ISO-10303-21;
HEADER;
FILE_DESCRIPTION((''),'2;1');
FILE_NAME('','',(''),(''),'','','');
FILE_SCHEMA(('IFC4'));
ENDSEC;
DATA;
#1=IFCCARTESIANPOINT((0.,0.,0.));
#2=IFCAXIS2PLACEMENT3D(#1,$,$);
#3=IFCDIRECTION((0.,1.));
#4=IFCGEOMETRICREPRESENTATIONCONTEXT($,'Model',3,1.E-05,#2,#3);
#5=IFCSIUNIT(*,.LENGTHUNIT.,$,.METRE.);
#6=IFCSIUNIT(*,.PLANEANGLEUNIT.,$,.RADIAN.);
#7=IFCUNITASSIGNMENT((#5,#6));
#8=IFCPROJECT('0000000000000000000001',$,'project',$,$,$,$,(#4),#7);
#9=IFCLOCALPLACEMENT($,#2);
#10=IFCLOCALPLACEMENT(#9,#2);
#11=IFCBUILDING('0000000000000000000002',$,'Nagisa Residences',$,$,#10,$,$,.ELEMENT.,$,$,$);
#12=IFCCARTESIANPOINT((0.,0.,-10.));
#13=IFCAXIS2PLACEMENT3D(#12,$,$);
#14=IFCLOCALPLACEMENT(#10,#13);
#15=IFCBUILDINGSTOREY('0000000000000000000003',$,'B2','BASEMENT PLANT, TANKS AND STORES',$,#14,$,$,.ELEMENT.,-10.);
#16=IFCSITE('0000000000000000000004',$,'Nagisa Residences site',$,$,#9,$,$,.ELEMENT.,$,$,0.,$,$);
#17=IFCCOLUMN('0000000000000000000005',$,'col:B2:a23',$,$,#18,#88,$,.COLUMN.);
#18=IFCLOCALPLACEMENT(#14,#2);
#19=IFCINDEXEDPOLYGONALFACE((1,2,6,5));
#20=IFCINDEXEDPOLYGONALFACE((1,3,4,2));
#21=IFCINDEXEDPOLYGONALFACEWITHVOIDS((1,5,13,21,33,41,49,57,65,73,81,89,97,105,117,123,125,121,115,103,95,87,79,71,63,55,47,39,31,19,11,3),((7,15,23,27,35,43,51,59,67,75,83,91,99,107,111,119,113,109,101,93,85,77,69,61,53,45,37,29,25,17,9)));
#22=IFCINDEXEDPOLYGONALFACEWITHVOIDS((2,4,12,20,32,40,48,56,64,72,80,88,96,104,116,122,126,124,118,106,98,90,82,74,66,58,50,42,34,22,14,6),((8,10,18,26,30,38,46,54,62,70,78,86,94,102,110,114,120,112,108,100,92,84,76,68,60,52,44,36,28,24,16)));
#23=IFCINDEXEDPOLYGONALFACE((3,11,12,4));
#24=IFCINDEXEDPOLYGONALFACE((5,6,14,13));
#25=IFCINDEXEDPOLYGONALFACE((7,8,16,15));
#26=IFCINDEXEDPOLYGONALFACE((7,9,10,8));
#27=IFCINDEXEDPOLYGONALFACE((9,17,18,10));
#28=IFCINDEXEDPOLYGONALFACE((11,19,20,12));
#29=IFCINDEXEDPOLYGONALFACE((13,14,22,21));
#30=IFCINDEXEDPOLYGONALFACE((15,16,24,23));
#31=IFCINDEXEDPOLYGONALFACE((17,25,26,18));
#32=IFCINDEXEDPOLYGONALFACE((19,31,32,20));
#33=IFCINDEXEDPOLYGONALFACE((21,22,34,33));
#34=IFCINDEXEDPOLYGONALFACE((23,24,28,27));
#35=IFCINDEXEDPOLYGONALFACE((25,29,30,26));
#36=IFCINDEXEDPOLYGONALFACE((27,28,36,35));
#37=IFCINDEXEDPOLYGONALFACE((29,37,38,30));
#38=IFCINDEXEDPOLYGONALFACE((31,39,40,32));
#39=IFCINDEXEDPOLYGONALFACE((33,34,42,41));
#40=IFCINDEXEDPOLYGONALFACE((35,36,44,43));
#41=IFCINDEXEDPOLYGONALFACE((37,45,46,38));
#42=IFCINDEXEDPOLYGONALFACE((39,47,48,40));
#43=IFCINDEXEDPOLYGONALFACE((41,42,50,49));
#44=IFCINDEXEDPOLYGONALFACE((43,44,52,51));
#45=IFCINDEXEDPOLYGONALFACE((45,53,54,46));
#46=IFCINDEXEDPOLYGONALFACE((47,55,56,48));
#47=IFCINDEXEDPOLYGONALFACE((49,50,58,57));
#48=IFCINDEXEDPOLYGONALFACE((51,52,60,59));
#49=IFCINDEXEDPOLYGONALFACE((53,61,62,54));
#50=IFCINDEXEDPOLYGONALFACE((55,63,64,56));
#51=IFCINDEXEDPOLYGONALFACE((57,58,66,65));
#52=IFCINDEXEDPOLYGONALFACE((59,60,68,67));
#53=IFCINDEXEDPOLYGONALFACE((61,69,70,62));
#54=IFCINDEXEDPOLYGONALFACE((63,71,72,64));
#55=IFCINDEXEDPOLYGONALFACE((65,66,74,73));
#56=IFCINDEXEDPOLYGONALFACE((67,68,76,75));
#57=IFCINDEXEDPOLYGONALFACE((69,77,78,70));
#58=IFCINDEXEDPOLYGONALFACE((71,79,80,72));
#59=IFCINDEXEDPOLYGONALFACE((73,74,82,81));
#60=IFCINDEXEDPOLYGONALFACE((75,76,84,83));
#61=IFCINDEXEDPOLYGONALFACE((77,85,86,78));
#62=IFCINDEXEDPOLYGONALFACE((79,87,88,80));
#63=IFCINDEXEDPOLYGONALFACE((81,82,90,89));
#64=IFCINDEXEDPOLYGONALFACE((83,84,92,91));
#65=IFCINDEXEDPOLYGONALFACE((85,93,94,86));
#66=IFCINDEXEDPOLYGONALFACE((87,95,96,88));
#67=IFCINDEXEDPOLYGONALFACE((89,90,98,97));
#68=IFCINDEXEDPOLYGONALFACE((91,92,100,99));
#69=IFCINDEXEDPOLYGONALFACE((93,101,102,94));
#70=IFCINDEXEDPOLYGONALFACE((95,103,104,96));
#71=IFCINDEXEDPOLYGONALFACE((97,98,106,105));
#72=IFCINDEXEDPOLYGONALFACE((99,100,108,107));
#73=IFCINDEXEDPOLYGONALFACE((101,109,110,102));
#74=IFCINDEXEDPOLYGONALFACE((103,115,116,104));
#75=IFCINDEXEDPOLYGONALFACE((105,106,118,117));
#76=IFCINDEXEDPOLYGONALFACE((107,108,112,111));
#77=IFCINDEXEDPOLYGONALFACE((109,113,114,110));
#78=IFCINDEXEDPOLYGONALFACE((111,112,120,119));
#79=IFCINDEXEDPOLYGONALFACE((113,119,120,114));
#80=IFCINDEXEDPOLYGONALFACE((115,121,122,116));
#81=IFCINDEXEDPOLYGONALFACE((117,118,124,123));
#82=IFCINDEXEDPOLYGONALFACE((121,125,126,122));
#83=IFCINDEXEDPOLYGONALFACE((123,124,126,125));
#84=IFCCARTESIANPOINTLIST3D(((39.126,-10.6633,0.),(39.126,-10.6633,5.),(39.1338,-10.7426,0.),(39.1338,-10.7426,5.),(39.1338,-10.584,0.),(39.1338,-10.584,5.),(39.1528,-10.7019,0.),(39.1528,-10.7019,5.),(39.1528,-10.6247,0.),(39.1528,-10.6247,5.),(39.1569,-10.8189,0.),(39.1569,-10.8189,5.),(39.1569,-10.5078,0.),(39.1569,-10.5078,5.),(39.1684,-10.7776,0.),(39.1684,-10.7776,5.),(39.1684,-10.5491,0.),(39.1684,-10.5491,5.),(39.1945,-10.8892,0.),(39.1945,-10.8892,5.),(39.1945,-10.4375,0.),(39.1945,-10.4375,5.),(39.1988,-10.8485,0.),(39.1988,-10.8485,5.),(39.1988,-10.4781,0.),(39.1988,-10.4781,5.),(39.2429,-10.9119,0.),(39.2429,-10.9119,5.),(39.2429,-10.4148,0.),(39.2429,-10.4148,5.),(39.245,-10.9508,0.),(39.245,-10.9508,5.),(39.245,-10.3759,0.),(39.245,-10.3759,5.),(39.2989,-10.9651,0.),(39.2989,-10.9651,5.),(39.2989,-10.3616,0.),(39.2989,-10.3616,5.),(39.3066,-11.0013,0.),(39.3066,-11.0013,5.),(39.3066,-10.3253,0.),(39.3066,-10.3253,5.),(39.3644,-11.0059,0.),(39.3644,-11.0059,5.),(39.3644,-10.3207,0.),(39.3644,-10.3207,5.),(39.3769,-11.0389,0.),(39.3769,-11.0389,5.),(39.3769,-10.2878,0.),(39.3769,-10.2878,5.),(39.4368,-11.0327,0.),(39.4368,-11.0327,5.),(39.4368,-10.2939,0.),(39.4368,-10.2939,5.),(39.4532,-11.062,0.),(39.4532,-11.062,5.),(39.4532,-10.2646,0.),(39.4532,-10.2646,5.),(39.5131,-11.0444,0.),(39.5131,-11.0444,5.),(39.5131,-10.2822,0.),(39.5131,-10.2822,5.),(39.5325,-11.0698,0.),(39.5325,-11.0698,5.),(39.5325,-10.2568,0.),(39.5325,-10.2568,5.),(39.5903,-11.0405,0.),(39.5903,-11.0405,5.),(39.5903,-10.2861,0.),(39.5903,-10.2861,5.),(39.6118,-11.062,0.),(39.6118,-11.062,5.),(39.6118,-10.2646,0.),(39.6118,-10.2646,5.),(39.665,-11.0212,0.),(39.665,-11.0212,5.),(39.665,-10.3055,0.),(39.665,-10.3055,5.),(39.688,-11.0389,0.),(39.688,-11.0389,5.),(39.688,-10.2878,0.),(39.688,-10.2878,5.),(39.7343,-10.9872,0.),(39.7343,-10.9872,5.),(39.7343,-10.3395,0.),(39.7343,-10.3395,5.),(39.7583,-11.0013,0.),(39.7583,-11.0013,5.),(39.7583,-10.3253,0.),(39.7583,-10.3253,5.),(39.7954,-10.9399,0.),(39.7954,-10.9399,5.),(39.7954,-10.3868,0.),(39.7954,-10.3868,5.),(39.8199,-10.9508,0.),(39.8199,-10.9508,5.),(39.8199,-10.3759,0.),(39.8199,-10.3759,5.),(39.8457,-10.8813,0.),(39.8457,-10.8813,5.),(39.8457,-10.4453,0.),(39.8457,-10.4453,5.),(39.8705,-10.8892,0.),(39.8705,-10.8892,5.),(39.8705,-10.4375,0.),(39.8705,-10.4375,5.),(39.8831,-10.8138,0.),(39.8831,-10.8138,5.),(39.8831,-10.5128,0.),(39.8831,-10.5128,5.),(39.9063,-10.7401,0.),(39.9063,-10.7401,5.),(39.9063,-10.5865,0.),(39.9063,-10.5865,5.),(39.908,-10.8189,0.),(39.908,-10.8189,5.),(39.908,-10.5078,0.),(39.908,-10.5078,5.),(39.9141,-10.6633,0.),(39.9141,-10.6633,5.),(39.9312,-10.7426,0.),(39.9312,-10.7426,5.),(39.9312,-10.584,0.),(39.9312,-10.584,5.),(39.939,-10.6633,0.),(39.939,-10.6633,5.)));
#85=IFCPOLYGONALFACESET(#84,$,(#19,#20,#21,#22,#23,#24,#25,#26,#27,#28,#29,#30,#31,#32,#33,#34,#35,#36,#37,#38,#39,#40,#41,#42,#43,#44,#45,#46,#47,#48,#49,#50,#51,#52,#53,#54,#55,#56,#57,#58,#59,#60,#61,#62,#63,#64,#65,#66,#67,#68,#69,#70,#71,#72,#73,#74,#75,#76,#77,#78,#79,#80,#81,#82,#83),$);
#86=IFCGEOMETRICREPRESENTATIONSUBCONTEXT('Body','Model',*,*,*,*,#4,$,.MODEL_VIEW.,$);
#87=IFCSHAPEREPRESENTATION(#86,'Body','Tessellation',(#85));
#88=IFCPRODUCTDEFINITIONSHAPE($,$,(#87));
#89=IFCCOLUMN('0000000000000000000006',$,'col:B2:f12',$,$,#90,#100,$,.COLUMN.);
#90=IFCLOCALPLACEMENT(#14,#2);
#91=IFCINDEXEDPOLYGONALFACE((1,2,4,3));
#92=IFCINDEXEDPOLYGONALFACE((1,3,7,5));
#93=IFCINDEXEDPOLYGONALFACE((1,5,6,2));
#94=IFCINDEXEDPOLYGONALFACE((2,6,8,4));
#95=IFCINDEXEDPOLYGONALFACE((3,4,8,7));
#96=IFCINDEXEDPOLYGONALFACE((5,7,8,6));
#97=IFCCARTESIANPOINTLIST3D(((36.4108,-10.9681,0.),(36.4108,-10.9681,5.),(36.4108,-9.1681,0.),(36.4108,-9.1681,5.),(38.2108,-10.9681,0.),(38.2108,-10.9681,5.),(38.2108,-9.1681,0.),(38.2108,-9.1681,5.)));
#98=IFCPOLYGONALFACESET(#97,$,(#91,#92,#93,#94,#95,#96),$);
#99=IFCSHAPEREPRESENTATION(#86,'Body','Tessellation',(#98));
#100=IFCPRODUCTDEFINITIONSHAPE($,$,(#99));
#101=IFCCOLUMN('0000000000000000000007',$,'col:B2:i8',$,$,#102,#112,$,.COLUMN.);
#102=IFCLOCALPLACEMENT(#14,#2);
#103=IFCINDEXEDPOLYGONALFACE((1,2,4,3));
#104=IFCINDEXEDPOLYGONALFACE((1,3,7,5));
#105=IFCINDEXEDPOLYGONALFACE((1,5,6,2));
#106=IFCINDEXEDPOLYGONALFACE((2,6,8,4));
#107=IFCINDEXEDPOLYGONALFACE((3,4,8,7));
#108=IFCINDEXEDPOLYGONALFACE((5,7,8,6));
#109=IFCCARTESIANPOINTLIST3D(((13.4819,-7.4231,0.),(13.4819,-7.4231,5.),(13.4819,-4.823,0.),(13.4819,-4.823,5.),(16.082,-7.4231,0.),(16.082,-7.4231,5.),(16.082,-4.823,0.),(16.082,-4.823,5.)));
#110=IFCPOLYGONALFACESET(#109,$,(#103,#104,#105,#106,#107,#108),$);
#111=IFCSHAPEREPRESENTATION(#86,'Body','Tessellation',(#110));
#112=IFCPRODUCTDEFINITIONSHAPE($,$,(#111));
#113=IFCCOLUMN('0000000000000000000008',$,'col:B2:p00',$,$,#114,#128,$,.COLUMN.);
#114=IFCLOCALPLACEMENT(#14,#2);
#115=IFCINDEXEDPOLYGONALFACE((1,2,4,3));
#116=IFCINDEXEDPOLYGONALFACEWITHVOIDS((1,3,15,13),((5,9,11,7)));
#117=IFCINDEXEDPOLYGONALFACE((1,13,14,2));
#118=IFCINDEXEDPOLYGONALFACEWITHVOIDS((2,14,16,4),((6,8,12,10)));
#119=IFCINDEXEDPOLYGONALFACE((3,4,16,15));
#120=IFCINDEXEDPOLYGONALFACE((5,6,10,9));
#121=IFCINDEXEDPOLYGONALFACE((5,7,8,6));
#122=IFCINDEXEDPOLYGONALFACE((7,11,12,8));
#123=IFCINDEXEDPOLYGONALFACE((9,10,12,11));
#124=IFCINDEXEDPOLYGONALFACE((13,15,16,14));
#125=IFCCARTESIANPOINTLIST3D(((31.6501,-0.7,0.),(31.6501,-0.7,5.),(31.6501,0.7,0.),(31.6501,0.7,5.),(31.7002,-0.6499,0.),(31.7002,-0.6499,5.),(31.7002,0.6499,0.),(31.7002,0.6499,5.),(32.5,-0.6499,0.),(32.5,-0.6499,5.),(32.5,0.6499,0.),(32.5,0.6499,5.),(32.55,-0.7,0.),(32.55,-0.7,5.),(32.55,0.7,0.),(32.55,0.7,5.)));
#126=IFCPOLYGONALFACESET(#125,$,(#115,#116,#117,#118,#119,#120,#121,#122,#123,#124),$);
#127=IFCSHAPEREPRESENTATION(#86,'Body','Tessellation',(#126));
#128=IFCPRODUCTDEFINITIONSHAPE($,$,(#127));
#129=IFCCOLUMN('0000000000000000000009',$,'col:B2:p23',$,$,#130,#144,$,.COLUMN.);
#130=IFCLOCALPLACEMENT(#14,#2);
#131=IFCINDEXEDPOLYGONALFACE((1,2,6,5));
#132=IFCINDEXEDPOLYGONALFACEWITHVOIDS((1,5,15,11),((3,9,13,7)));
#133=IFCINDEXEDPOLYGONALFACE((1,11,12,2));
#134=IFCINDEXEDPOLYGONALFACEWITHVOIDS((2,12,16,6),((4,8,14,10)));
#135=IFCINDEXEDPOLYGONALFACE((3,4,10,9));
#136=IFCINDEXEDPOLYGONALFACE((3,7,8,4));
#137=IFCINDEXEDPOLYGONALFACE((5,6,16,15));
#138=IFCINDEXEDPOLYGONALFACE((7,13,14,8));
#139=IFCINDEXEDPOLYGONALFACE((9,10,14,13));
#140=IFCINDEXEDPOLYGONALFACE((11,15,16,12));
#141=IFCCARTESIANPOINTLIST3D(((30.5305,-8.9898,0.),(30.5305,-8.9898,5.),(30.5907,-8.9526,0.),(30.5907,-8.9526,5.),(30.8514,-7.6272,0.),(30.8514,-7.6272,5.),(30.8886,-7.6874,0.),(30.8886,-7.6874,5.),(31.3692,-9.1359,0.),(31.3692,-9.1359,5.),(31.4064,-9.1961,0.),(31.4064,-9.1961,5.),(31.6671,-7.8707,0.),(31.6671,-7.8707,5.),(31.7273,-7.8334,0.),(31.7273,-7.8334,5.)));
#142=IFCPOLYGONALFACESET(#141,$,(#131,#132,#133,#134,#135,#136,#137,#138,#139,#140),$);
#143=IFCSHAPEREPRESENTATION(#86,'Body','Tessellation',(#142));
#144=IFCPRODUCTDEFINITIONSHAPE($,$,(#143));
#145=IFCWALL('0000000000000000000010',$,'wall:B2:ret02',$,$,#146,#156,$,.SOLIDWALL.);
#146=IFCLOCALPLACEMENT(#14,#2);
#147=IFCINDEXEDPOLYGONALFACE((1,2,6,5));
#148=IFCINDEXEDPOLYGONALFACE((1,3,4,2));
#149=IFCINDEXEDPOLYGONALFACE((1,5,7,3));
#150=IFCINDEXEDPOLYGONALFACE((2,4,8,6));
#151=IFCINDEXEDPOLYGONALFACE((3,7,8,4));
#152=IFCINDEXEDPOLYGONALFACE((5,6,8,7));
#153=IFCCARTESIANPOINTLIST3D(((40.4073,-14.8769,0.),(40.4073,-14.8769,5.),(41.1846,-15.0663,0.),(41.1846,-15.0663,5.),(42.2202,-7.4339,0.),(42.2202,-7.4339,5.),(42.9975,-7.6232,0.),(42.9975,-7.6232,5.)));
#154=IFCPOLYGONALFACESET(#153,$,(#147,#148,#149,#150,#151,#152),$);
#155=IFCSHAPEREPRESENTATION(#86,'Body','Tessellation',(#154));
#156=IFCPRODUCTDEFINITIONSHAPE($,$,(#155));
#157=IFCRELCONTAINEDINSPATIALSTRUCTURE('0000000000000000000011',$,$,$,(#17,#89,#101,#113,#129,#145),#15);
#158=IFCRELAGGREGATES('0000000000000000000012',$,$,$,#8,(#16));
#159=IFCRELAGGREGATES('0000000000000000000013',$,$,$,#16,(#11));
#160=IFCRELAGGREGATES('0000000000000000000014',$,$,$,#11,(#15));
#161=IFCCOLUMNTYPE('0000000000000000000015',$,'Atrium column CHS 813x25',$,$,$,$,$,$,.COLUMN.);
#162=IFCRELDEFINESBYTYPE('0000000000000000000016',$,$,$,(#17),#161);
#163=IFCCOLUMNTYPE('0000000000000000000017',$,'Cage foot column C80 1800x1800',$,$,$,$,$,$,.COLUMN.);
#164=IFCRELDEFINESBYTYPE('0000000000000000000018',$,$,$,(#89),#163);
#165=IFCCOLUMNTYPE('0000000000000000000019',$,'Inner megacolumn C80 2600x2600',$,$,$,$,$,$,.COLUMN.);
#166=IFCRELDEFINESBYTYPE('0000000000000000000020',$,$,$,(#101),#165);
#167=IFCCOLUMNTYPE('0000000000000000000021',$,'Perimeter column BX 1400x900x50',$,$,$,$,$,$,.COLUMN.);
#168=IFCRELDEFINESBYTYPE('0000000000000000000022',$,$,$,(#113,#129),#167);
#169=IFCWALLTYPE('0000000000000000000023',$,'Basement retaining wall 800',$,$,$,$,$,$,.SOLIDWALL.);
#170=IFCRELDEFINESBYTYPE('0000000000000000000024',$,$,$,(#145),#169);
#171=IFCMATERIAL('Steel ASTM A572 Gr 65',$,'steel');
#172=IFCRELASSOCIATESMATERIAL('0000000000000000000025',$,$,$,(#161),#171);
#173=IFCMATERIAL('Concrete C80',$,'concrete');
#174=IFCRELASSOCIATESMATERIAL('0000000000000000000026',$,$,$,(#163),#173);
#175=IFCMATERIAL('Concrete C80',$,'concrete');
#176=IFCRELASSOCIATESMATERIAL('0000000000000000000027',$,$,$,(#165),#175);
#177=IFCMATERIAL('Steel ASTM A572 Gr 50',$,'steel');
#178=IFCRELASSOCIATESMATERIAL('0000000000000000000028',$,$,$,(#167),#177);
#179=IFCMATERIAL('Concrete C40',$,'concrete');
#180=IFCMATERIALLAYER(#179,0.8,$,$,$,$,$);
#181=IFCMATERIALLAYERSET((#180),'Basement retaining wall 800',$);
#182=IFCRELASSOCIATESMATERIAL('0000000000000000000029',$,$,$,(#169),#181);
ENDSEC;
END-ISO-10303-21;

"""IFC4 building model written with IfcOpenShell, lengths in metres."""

from ifc_helpers import new_model, si_unit, direction, frame, frame_2d, origin, origin_2d, place, context, subcontext, project, spatial, rectangle, hollow_rectangle, hollow_circle, extrude, material, layer, layer_set, material_profile, profile_set, type_object, element, save


model = new_model("IFC4")

# Units and contexts
model_context = context("Model", 3, precision=1e-05, world=origin(), true_north=direction((0.0, 1.0)))
body_context = subcontext(model_context, "Body", "Model", "MODEL_VIEW")
ifc_project = project(units=[si_unit("LENGTHUNIT", "METRE"), si_unit("PLANEANGLEUNIT", "RADIAN")], contexts=[model_context])

# Site, building, storey
site_placement = place(None, origin())
site = spatial("IfcSite", under=ifc_project, at=site_placement, Name="Nagisa Residences site", CompositionType="ELEMENT", RefElevation=0.0)
building_placement = place(site_placement, origin())
building = spatial("IfcBuilding", under=site, at=building_placement, Name="Nagisa Residences", CompositionType="ELEMENT")
storey_placement = place(building_placement, frame((0.0, 0.0, -10.0)))
storey = spatial("IfcBuildingStorey", under=building, at=storey_placement, Name="B2", Description="BASEMENT PLANT, TANKS AND STORES", CompositionType="ELEMENT", Elevation=-10.0)

# Columns
ifc_material_1 = material(Name="Steel ASTM A572 Gr 65", Category="steel")
ifc_material_profile_1 = material_profile(ifc_material_1, hollow_circle(Radius=0.4065, WallThickness=0.0249, at=origin_2d()), Name="CHS 813x25")
ifc_profile_set_1 = profile_set([ifc_material_profile_1], Name="Steel ASTM A572 Gr 65")
column_type_1 = type_object("IfcColumnType", Name="Atrium column CHS 813x25", PredefinedType="COLUMN", material=ifc_profile_set_1)
for number, where, z_axis, x_axis, name in (
    (1, (39.5325, -10.6633, 0.0), (0.0, 0.0, 1.0), (1.0, 0.0, 0.0), "col:B2:a23"),
):
    element("IfcColumn", number, at=place(storey_placement, frame(where, z_axis=z_axis, x_axis=x_axis)), inside=storey, type_object=column_type_1, Name=name, PredefinedType="COLUMN", context=body_context, shape_type="SweptSolid", body=[
        extrude(hollow_circle(Radius=0.4065, WallThickness=0.0249, at=origin_2d()), origin(), (0.0, 0.0, 1.0), 5.0),
    ])
ifc_material_2 = material(Name="Concrete C80", Category="concrete")
ifc_material_profile_2 = material_profile(ifc_material_2, rectangle(XDim=1.8, YDim=1.8, at=origin_2d()), Name="C80 1800x1800")
ifc_profile_set_2 = profile_set([ifc_material_profile_2], Name="Concrete C80")
column_type_2 = type_object("IfcColumnType", Name="Cage foot column C80 1800x1800", PredefinedType="COLUMN", material=ifc_profile_set_2)
column_1_placement = place(storey_placement, frame((37.3108, -10.0681, 0.0), z_axis=(0.0, 0.0, 1.0), x_axis=(1.0, 0.0, 0.0)))
element("IfcColumn", 2, at=column_1_placement, inside=storey, type_object=column_type_2, Name="col:B2:f12", PredefinedType="COLUMN", context=body_context, shape_type="SweptSolid", body=[
    extrude(rectangle(XDim=1.8, YDim=1.8, at=origin_2d()), origin(), (0.0, 0.0, 1.0), 5.0),
])
ifc_material_3 = material(Name="Concrete C80", Category="concrete")
ifc_material_profile_3 = material_profile(ifc_material_3, rectangle(XDim=2.6001, YDim=2.6001, at=origin_2d()), Name="C80 2600x2600")
ifc_profile_set_3 = profile_set([ifc_material_profile_3], Name="Concrete C80")
column_type_3 = type_object("IfcColumnType", Name="Inner megacolumn C80 2600x2600", PredefinedType="COLUMN", material=ifc_profile_set_3)
column_2_placement = place(storey_placement, frame((14.782, -6.123, 0.0), z_axis=(0.0, 0.0, 1.0), x_axis=(1.0, 0.0, 0.0)))
element("IfcColumn", 3, at=column_2_placement, inside=storey, type_object=column_type_3, Name="col:B2:i8", PredefinedType="COLUMN", context=body_context, shape_type="SweptSolid", body=[
    extrude(rectangle(XDim=2.6001, YDim=2.6001, at=origin_2d()), origin(), (0.0, 0.0, 1.0), 5.0),
])
ifc_material_4 = material(Name="Steel ASTM A572 Gr 50", Category="steel")
ifc_material_profile_4 = material_profile(ifc_material_4, hollow_rectangle(XDim=1.3999, YDim=0.8999, WallThickness=0.05, at=origin_2d()), Name="BX 1400x900x50")
ifc_profile_set_4 = profile_set([ifc_material_profile_4], Name="Steel ASTM A572 Gr 50")
column_type_4 = type_object("IfcColumnType", Name="Perimeter column BX 1400x900x50", PredefinedType="COLUMN", material=ifc_profile_set_4)
for number, where, z_axis, x_axis, name in (
    (4, (32.1001, 0.0, 0.0), (0.0, 0.0, 1.0), (0.0, 1.0, 0.0), "col:B2:p00"),
    (5, (31.1289, -8.4116, 0.0), (0.0, 0.0, 1.0), (0.229202, 0.973379, 0.0), "col:B2:p23"),
):
    element("IfcColumn", number, at=place(storey_placement, frame(where, z_axis=z_axis, x_axis=x_axis)), inside=storey, type_object=column_type_4, Name=name, PredefinedType="COLUMN", context=body_context, shape_type="SweptSolid", body=[
        extrude(hollow_rectangle(XDim=1.3999, YDim=0.8999, WallThickness=0.05, at=origin_2d()), origin(), (0.0, 0.0, 1.0), 5.0),
    ])

# Wall
ifc_material_5 = material(Name="Concrete C40", Category="concrete")
ifc_layer_1 = layer(ifc_material_5, 0.8)
ifc_layer_set_1 = layer_set([ifc_layer_1], Name="Basement retaining wall 800")
wall_type_1 = type_object("IfcWallType", Name="Basement retaining wall 800", PredefinedType="SOLIDWALL", material=ifc_layer_set_1)
wall_1_placement = place(storey_placement, frame((42.6089, -7.5286, 0.0), z_axis=(0.0, 0.0, 1.0), x_axis=(-0.23666, -0.971593, 0.0)))
element("IfcWall", 6, at=wall_1_placement, inside=storey, type_object=wall_type_1, Name="wall:B2:ret02", PredefinedType="SOLIDWALL", context=body_context, shape_type="SweptSolid", body=[
    extrude(rectangle(XDim=7.6606, YDim=0.8, at=frame_2d((3.8303, 0.0))), origin(), (0.0, 0.0, 1.0), 5.0),
])

save(model, "model.ifc")
